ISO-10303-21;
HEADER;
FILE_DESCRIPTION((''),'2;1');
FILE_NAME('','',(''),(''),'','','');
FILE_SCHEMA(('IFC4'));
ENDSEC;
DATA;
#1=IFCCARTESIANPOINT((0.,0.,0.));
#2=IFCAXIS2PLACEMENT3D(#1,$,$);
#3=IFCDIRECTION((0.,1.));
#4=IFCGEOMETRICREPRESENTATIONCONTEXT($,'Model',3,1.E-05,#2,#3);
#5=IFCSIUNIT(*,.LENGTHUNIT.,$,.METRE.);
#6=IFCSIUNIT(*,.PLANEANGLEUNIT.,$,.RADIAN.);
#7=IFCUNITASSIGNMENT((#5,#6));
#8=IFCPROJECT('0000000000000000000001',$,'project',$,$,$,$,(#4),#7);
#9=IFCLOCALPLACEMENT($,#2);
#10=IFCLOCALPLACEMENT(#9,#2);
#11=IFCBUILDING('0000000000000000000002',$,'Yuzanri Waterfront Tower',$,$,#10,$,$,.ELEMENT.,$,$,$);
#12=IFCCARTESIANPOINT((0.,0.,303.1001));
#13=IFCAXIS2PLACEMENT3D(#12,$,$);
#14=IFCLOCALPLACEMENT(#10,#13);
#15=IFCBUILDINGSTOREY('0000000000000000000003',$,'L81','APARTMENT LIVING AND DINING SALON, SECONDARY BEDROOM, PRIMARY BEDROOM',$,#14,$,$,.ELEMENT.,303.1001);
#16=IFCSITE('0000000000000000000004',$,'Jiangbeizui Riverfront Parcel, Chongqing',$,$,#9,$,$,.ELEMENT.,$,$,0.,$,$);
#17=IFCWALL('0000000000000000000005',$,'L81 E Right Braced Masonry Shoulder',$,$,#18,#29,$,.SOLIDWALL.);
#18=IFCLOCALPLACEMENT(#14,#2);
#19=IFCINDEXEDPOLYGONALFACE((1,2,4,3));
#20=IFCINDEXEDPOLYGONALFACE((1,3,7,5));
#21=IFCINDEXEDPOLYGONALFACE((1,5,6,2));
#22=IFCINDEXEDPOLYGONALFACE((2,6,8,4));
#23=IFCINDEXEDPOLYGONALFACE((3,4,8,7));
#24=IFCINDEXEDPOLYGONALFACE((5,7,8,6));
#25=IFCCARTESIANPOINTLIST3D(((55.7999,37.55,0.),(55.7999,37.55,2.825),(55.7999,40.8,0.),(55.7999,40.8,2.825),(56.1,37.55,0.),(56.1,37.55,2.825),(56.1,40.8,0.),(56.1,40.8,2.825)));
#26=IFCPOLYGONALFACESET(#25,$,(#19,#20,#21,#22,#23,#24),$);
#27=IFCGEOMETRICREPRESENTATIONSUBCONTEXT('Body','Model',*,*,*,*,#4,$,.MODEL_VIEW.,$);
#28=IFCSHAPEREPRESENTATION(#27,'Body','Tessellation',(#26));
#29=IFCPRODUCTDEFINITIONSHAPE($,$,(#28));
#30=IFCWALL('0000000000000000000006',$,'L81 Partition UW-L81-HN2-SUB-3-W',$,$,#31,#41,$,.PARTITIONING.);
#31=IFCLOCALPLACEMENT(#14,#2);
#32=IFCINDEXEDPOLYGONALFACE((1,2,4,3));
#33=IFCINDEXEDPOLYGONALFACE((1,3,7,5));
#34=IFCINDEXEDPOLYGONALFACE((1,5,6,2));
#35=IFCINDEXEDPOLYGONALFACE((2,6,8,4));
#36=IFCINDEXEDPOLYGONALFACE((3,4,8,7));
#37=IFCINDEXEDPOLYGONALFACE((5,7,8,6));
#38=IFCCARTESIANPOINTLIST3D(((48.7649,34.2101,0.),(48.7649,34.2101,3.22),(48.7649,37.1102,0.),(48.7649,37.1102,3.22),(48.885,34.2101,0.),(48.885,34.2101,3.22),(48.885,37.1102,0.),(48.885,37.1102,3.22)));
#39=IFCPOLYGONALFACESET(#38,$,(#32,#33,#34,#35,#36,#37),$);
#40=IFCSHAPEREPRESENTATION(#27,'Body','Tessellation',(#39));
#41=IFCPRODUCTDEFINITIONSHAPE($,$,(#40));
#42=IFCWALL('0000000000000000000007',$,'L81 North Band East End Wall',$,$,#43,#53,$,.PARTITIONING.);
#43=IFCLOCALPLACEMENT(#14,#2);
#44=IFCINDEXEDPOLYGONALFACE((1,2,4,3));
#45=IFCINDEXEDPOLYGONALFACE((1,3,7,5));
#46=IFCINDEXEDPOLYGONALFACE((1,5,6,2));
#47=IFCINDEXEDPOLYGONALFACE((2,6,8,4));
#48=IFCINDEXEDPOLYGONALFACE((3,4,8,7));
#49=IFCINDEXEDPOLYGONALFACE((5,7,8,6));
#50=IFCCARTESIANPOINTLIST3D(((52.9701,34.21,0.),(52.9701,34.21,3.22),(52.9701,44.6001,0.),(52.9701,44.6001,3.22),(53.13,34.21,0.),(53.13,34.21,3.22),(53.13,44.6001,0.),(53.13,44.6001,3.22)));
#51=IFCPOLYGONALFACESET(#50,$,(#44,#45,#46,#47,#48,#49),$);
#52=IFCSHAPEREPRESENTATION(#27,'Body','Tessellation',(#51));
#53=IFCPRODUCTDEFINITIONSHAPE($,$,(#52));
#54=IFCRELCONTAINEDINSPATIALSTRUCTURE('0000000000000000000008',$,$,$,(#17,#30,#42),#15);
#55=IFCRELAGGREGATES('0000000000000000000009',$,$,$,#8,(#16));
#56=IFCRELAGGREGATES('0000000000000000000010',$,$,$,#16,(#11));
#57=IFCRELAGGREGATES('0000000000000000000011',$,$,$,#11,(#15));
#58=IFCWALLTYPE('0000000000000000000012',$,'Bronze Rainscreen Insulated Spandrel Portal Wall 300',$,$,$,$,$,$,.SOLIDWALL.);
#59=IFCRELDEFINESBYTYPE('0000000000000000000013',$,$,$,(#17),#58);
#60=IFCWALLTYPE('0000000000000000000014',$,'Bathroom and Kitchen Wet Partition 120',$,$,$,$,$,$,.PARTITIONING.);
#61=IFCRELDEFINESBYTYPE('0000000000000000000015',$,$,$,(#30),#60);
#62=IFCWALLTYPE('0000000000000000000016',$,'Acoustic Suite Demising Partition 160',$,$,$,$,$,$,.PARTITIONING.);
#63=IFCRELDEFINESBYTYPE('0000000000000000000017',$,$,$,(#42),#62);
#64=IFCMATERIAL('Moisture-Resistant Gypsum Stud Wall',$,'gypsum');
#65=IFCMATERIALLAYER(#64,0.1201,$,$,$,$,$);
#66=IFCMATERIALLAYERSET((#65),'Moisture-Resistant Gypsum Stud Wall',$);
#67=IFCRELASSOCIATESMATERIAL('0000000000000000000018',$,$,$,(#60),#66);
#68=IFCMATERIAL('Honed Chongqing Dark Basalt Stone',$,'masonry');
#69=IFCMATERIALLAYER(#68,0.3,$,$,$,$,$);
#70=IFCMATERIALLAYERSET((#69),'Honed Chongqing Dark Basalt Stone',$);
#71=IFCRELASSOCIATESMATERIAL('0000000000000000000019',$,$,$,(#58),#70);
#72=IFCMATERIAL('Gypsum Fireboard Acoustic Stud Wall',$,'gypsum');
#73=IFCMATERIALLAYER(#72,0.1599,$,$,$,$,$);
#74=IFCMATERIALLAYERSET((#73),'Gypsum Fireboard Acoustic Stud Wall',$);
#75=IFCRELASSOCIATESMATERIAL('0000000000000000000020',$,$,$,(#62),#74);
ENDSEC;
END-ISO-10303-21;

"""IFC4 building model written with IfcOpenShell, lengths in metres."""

from ifc_helpers import new_model, si_unit, direction, frame, frame_2d, origin, place, context, subcontext, project, spatial, rectangle, extrude, source, transform, mapped, material, layer, layer_set, type_object, element, save


model = new_model("IFC4")

# Units and contexts
model_context = context("Model", 3, precision=1e-05, world=origin(), true_north=direction((0.0, 1.0)))
body_context = subcontext(model_context, "Body", "Model", "MODEL_VIEW")
ifc_project = project(units=[si_unit("LENGTHUNIT", "METRE"), si_unit("PLANEANGLEUNIT", "RADIAN")], contexts=[model_context])

# Site, building, storey
site_placement = place(None, origin())
site = spatial("IfcSite", under=ifc_project, at=site_placement, Name="Jiangbeizui Riverfront Parcel, Chongqing", CompositionType="ELEMENT", RefElevation=0.0)
building_placement = place(site_placement, origin())
building = spatial("IfcBuilding", under=site, at=building_placement, Name="Yuzanri Waterfront Tower", CompositionType="ELEMENT")
storey_placement = place(building_placement, frame((0.0, 0.0, 303.1001)))
storey = spatial("IfcBuildingStorey", under=building, at=storey_placement, Name="L81", Description="APARTMENT LIVING AND DINING SALON, SECONDARY BEDROOM, PRIMARY BEDROOM", CompositionType="ELEMENT", Elevation=303.1001)

# Shared definitions
ifc_material_1 = material(Name="Moisture-Resistant Gypsum Stud Wall", Category="gypsum")
ifc_layer_1 = layer(ifc_material_1, 0.1201)
ifc_layer_set_1 = layer_set([ifc_layer_1], Name="Moisture-Resistant Gypsum Stud Wall")
wall_type_1 = type_object("IfcWallType", Name="Bathroom and Kitchen Wet Partition 120", PredefinedType="PARTITIONING", material=ifc_layer_set_1)

# Shared definitions
ifc_material_2 = material(Name="Honed Chongqing Dark Basalt Stone", Category="masonry")
ifc_layer_2 = layer(ifc_material_2, 0.3)
ifc_layer_set_2 = layer_set([ifc_layer_2], Name="Honed Chongqing Dark Basalt Stone")
wall_type_2 = type_object("IfcWallType", Name="Bronze Rainscreen Insulated Spandrel Portal Wall 300", PredefinedType="SOLIDWALL", material=ifc_layer_set_2)

# Walls
shared_shape_1 = source(origin(), body_context, "Body", "SweptSolid", [
    extrude(rectangle(XDim=3.25, YDim=0.3, at=frame_2d((1.625, 0.0))), origin(), (0.0, 0.0, 1.0), 2.825),
])
for number, where, z_axis, x_axis, name in (
    (1, (55.95, 37.55, 0.0), (0.0, 0.0, 1.0), (0.0, 1.0, 0.0), "L81 E Right Braced Masonry Shoulder"),
):
    element("IfcWall", number, at=place(storey_placement, frame(where, z_axis=z_axis, x_axis=x_axis)), inside=storey, type_object=wall_type_2, Name=name, PredefinedType="SOLIDWALL", context=body_context, shape_type="MappedRepresentation", body=[
        mapped(shared_shape_1, transform((0.0, 0.0, 0.0), scale=1.0)),
    ])
shared_shape_2 = source(origin(), body_context, "Body", "SweptSolid", [
    extrude(rectangle(XDim=2.9001, YDim=0.1201, at=frame_2d((1.4502, 0.0))), origin(), (0.0, 0.0, 1.0), 3.22),
])
wall_1_placement = place(storey_placement, frame((48.825, 34.21, 0.0), z_axis=(0.0, 0.0, 1.0), x_axis=(0.0, 1.0, 0.0)))
element("IfcWall", 2, at=wall_1_placement, inside=storey, type_object=wall_type_1, Name="L81 Partition UW-L81-HN2-SUB-3-W", PredefinedType="PARTITIONING", context=body_context, shape_type="MappedRepresentation", body=[
    mapped(shared_shape_2, transform((0.0, 0.0, 0.0), scale=1.0)),
])
ifc_material_3 = material(Name="Gypsum Fireboard Acoustic Stud Wall", Category="gypsum")
ifc_layer_3 = layer(ifc_material_3, 0.1599)
ifc_layer_set_3 = layer_set([ifc_layer_3], Name="Gypsum Fireboard Acoustic Stud Wall")
wall_type_3 = type_object("IfcWallType", Name="Acoustic Suite Demising Partition 160", PredefinedType="PARTITIONING", material=ifc_layer_set_3)
shared_shape_3 = source(origin(), body_context, "Body", "SweptSolid", [
    extrude(rectangle(XDim=10.3901, YDim=0.1599, at=frame_2d((5.1951, 0.0))), origin(), (0.0, 0.0, 1.0), 3.22),
])
wall_2_placement = place(storey_placement, frame((53.05, 34.21, 0.0), z_axis=(0.0, 0.0, 1.0), x_axis=(0.0, 1.0, 0.0)))
element("IfcWall", 3, at=wall_2_placement, inside=storey, type_object=wall_type_3, Name="L81 North Band East End Wall", PredefinedType="PARTITIONING", context=body_context, shape_type="MappedRepresentation", body=[
    mapped(shared_shape_3, transform((0.0, 0.0, 0.0), scale=1.0)),
])

save(model, "model.ifc")
